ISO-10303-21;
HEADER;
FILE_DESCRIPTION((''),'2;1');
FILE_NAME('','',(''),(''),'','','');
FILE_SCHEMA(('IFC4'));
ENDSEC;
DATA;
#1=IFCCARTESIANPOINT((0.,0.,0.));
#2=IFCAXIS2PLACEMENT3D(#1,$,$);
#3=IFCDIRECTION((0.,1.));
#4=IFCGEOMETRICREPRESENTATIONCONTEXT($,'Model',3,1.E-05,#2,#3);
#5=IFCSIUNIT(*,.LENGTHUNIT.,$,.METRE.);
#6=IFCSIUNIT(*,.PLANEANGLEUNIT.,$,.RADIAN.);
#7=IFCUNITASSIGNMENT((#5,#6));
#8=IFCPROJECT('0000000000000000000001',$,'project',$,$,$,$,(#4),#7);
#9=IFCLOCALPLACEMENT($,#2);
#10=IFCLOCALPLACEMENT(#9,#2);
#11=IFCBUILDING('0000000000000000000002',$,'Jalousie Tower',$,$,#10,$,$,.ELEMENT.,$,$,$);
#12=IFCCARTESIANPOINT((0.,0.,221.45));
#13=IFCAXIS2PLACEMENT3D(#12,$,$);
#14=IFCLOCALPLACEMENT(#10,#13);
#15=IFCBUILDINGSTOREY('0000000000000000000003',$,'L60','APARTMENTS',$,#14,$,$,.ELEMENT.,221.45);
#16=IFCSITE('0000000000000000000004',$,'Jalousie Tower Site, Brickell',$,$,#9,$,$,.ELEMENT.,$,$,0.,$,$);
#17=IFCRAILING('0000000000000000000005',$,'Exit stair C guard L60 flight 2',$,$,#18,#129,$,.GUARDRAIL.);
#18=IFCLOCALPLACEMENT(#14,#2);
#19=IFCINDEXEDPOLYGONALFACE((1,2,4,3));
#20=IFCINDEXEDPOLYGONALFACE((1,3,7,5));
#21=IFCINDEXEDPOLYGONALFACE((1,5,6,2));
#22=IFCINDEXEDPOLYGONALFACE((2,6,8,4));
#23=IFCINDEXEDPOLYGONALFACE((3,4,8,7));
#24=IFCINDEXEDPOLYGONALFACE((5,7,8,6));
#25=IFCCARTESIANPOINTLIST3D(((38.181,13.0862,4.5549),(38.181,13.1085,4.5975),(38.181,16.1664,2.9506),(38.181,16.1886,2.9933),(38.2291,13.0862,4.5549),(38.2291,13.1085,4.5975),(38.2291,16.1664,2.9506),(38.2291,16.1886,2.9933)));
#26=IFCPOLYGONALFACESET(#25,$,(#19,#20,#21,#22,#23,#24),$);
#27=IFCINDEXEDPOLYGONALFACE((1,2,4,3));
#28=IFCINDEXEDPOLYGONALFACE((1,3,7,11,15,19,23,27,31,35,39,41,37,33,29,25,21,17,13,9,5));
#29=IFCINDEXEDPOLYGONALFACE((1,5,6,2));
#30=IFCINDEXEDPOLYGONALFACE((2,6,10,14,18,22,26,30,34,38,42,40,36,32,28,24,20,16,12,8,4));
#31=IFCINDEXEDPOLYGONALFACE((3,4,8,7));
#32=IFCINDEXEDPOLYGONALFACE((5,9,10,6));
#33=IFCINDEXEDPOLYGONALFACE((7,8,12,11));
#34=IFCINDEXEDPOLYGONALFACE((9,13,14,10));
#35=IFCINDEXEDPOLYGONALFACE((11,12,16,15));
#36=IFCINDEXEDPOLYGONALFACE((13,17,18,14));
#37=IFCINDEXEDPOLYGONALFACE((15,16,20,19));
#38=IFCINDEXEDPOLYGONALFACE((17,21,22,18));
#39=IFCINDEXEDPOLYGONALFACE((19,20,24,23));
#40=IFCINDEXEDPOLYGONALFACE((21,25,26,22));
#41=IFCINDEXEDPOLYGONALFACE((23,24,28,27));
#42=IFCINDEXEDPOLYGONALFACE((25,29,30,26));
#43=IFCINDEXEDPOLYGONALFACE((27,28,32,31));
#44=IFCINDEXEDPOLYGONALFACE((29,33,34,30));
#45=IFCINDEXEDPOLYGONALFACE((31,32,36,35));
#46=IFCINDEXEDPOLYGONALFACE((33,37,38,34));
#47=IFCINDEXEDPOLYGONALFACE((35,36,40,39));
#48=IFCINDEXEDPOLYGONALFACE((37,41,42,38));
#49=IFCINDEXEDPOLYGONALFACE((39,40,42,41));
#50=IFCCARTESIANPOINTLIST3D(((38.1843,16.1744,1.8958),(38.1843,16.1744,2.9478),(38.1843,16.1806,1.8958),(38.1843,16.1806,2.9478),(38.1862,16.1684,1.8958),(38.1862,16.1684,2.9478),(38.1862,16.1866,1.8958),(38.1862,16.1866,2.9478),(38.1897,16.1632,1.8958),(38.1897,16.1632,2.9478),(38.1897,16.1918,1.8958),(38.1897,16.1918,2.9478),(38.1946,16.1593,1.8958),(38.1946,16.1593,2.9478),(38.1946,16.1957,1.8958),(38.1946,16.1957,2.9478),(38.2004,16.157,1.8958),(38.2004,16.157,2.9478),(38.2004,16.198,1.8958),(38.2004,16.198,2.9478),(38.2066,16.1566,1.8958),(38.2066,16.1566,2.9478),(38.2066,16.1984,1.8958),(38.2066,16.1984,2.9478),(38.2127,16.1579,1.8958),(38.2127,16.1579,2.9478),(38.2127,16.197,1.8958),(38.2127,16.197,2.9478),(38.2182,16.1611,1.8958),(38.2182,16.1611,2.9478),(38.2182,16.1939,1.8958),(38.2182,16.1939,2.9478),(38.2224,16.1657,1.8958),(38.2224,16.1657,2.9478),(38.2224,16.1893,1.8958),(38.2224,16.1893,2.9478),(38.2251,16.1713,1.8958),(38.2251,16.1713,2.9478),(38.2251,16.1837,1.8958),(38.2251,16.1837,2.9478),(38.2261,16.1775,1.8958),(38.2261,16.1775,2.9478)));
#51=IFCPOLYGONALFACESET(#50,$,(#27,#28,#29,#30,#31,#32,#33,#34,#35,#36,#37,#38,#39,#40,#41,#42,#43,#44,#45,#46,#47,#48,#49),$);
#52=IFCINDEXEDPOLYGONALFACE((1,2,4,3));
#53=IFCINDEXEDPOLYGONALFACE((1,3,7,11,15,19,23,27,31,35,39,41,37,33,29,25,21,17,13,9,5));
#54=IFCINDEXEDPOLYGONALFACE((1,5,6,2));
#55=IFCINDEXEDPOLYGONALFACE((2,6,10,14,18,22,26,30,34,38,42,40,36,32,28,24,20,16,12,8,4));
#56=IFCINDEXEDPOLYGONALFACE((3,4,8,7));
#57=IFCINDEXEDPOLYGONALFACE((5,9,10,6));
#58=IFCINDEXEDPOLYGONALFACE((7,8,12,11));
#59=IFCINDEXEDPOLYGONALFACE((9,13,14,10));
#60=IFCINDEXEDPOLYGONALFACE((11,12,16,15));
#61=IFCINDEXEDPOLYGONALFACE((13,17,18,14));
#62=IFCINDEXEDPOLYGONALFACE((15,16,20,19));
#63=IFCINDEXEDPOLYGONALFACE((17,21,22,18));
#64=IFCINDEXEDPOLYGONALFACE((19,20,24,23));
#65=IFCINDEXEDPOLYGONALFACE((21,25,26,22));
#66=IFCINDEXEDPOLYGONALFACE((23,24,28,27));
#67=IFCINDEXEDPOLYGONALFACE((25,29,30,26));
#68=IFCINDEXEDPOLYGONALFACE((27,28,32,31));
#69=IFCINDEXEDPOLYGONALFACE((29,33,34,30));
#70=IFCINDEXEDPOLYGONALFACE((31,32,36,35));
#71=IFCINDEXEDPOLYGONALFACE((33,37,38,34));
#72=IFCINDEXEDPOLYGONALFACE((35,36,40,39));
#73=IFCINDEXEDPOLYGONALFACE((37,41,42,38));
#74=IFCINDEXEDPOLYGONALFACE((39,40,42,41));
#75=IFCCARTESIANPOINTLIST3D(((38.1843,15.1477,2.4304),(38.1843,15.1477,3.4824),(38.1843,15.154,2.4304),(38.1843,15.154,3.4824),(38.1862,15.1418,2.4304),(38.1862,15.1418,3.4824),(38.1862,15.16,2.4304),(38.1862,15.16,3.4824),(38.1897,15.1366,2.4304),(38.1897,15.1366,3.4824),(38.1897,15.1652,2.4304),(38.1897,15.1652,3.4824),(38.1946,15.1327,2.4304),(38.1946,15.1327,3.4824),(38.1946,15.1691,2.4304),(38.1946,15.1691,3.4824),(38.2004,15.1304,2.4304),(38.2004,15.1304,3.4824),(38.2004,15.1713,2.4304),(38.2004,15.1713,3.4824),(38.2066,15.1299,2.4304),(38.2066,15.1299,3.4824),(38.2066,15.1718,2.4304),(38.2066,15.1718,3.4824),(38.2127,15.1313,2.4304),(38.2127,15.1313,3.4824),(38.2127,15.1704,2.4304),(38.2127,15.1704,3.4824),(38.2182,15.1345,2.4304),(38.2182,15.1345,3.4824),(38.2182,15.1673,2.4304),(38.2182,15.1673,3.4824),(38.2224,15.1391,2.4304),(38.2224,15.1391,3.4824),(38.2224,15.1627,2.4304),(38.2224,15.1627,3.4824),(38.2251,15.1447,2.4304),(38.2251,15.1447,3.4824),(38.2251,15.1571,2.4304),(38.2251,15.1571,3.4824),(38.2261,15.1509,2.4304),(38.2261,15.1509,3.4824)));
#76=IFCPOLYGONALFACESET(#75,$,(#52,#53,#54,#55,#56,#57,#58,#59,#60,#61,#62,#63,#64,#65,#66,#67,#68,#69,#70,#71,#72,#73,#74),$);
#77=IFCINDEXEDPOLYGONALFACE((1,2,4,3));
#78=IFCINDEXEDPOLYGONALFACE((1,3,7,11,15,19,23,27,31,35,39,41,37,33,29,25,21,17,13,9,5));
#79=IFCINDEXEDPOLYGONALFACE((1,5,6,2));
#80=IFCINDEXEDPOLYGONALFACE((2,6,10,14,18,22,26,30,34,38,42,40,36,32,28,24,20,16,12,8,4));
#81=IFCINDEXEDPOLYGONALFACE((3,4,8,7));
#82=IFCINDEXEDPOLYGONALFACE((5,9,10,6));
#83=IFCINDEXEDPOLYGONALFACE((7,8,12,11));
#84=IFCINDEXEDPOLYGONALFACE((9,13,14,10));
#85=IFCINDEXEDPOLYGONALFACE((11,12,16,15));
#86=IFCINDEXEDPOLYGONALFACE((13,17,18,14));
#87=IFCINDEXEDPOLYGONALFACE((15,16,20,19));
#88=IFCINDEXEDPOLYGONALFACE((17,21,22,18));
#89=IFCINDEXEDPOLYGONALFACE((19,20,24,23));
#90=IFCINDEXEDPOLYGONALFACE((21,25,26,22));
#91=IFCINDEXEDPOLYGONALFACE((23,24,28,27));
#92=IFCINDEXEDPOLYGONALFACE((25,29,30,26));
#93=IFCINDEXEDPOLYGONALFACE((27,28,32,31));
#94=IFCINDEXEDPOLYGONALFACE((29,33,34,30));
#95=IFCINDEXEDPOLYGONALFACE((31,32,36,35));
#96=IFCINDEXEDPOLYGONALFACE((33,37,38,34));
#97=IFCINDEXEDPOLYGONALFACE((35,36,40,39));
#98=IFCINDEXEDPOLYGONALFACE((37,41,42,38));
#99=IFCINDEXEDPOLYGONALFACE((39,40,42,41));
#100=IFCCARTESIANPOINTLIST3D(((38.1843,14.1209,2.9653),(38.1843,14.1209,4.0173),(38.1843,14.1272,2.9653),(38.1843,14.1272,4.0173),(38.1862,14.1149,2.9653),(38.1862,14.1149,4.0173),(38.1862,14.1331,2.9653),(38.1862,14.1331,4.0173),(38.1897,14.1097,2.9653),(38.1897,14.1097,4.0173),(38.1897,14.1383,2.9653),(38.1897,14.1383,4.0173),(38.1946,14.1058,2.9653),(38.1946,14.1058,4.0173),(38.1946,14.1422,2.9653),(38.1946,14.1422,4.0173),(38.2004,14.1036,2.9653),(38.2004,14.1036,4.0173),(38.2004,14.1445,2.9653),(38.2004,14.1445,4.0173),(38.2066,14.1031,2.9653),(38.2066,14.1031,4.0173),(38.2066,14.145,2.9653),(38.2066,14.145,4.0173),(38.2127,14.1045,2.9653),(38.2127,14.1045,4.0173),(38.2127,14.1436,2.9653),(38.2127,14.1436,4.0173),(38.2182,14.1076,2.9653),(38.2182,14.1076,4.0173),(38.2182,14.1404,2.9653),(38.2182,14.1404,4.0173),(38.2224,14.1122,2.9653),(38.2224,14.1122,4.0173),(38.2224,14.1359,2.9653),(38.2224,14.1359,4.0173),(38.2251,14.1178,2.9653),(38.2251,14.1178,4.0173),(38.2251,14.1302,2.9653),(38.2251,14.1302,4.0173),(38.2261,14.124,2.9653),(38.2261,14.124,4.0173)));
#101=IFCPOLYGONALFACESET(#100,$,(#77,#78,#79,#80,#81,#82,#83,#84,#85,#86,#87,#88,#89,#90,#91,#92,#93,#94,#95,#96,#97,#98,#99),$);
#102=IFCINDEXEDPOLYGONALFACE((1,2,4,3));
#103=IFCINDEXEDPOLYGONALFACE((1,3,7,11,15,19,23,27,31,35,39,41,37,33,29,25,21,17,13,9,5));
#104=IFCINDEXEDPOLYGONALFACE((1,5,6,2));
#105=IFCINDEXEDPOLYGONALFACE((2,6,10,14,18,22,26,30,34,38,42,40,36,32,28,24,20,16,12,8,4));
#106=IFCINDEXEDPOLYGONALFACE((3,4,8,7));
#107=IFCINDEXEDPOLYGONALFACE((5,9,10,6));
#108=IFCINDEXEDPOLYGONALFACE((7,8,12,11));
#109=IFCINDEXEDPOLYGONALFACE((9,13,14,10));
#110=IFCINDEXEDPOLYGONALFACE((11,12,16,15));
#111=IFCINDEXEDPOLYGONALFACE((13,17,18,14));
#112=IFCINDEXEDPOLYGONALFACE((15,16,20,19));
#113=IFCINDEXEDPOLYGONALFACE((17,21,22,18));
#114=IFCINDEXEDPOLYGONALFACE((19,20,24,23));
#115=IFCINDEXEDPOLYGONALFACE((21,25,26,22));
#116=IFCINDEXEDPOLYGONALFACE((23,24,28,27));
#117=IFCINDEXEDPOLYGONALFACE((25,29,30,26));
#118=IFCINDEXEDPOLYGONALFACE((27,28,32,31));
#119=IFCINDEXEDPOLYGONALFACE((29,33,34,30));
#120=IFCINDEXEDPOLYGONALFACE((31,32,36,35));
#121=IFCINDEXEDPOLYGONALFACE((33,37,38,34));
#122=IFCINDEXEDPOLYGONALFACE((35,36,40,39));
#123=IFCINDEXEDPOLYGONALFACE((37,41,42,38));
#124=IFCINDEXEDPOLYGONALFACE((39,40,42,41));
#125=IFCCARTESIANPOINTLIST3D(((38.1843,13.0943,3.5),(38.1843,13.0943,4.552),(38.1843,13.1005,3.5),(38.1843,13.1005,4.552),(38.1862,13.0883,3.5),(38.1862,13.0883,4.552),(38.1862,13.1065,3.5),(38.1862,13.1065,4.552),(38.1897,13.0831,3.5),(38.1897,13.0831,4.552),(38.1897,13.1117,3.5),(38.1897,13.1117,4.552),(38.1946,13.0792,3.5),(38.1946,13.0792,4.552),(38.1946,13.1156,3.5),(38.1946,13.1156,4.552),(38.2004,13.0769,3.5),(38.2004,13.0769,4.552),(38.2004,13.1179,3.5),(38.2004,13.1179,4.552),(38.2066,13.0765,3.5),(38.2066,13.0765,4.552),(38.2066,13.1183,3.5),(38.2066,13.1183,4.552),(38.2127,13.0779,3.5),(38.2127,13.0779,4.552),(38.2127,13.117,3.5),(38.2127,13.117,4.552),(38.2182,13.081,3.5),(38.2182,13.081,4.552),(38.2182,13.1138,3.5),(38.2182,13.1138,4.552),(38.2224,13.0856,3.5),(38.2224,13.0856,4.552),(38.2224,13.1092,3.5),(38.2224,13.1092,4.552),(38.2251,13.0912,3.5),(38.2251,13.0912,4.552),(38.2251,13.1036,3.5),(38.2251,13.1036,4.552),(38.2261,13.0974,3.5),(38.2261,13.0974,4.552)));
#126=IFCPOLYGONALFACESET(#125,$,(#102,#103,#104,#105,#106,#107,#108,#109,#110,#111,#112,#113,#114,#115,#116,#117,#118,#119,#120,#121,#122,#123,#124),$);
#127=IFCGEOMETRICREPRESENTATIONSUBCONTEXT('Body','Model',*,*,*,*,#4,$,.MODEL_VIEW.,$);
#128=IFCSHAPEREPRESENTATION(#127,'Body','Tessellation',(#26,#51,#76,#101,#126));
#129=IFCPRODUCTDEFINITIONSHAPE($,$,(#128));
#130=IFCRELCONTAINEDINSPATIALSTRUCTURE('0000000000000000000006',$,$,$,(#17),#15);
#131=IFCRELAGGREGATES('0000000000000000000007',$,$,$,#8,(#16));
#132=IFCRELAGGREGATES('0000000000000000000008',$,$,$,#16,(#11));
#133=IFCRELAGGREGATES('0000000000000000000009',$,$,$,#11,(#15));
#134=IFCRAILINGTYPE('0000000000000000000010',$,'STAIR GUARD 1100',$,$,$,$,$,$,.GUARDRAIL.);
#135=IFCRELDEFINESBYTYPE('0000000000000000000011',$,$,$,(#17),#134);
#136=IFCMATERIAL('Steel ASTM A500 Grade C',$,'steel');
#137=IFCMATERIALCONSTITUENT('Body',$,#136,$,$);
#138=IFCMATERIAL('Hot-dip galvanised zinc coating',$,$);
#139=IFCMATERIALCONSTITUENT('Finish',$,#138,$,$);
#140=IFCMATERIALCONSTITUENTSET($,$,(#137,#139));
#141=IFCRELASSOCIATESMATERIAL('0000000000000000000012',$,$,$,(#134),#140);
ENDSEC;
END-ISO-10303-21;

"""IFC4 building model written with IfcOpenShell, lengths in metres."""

from ifc_helpers import new_model, si_unit, direction, frame, origin, origin_2d, place, context, subcontext, project, spatial, rectangle, circle, extrude, material, constituent, constituent_set, type_object, element, save


model = new_model("IFC4")

# Units and contexts
model_context = context("Model", 3, precision=1e-05, world=origin(), true_north=direction((0.0, 1.0)))
body_context = subcontext(model_context, "Body", "Model", "MODEL_VIEW")
ifc_project = project(units=[si_unit("LENGTHUNIT", "METRE"), si_unit("PLANEANGLEUNIT", "RADIAN")], contexts=[model_context])

# Site, building, storey
site_placement = place(None, origin())
site = spatial("IfcSite", under=ifc_project, at=site_placement, Name="Jalousie Tower Site, Brickell", CompositionType="ELEMENT", RefElevation=0.0)
building_placement = place(site_placement, origin())
building = spatial("IfcBuilding", under=site, at=building_placement, Name="Jalousie Tower", CompositionType="ELEMENT")
storey_placement = place(building_placement, frame((0.0, 0.0, 221.45)))
storey = spatial("IfcBuildingStorey", under=building, at=storey_placement, Name="L60", Description="APARTMENTS", CompositionType="ELEMENT", Elevation=221.45)

# Railing
ifc_material_1 = material(Name="Steel ASTM A500 Grade C", Category="steel")
ifc_constituent_1 = constituent(ifc_material_1, Name="Body")
ifc_material_2 = material(Name="Hot-dip galvanised zinc coating")
ifc_constituent_2 = constituent(ifc_material_2, Name="Finish")
ifc_constituent_set_1 = constituent_set(constituents=[ifc_constituent_1, ifc_constituent_2])
railing_type_1 = type_object("IfcRailingType", Name="STAIR GUARD 1100", PredefinedType="GUARDRAIL", material=ifc_constituent_set_1)
railing_1_placement = place(storey_placement, frame((38.2051, 16.1775, 1.8958)))
element("IfcRailing", 1, at=railing_1_placement, inside=storey, type_object=railing_type_1, Name="Exit stair C guard L60 flight 2", PredefinedType="GUARDRAIL", context=body_context, shape_type="SweptSolid", body=[
    extrude(rectangle(XDim=0.0481, YDim=0.0481, at=origin_2d()), frame((0.0, 0.0, 1.0762), z_axis=(0.0, -0.886909, 0.461944), x_axis=(1.0, 0.0, 0.0)), (0.0, 0.0, 1.0), 3.4729),
    extrude(circle(Radius=0.021, at=origin_2d()), origin(), (0.0, 0.0, 1.0), 1.052),
    extrude(circle(Radius=0.021, at=origin_2d()), frame((0.0, -1.0266, 0.5347)), (0.0, 0.0, 1.0), 1.052),
    extrude(circle(Radius=0.021, at=origin_2d()), frame((0.0, -2.0535, 1.0696)), (0.0, 0.0, 1.0), 1.052),
    extrude(circle(Radius=0.021, at=origin_2d()), frame((0.0, -3.0801, 1.6042)), (0.0, 0.0, 1.0), 1.052),
])

save(model, "model.ifc")
